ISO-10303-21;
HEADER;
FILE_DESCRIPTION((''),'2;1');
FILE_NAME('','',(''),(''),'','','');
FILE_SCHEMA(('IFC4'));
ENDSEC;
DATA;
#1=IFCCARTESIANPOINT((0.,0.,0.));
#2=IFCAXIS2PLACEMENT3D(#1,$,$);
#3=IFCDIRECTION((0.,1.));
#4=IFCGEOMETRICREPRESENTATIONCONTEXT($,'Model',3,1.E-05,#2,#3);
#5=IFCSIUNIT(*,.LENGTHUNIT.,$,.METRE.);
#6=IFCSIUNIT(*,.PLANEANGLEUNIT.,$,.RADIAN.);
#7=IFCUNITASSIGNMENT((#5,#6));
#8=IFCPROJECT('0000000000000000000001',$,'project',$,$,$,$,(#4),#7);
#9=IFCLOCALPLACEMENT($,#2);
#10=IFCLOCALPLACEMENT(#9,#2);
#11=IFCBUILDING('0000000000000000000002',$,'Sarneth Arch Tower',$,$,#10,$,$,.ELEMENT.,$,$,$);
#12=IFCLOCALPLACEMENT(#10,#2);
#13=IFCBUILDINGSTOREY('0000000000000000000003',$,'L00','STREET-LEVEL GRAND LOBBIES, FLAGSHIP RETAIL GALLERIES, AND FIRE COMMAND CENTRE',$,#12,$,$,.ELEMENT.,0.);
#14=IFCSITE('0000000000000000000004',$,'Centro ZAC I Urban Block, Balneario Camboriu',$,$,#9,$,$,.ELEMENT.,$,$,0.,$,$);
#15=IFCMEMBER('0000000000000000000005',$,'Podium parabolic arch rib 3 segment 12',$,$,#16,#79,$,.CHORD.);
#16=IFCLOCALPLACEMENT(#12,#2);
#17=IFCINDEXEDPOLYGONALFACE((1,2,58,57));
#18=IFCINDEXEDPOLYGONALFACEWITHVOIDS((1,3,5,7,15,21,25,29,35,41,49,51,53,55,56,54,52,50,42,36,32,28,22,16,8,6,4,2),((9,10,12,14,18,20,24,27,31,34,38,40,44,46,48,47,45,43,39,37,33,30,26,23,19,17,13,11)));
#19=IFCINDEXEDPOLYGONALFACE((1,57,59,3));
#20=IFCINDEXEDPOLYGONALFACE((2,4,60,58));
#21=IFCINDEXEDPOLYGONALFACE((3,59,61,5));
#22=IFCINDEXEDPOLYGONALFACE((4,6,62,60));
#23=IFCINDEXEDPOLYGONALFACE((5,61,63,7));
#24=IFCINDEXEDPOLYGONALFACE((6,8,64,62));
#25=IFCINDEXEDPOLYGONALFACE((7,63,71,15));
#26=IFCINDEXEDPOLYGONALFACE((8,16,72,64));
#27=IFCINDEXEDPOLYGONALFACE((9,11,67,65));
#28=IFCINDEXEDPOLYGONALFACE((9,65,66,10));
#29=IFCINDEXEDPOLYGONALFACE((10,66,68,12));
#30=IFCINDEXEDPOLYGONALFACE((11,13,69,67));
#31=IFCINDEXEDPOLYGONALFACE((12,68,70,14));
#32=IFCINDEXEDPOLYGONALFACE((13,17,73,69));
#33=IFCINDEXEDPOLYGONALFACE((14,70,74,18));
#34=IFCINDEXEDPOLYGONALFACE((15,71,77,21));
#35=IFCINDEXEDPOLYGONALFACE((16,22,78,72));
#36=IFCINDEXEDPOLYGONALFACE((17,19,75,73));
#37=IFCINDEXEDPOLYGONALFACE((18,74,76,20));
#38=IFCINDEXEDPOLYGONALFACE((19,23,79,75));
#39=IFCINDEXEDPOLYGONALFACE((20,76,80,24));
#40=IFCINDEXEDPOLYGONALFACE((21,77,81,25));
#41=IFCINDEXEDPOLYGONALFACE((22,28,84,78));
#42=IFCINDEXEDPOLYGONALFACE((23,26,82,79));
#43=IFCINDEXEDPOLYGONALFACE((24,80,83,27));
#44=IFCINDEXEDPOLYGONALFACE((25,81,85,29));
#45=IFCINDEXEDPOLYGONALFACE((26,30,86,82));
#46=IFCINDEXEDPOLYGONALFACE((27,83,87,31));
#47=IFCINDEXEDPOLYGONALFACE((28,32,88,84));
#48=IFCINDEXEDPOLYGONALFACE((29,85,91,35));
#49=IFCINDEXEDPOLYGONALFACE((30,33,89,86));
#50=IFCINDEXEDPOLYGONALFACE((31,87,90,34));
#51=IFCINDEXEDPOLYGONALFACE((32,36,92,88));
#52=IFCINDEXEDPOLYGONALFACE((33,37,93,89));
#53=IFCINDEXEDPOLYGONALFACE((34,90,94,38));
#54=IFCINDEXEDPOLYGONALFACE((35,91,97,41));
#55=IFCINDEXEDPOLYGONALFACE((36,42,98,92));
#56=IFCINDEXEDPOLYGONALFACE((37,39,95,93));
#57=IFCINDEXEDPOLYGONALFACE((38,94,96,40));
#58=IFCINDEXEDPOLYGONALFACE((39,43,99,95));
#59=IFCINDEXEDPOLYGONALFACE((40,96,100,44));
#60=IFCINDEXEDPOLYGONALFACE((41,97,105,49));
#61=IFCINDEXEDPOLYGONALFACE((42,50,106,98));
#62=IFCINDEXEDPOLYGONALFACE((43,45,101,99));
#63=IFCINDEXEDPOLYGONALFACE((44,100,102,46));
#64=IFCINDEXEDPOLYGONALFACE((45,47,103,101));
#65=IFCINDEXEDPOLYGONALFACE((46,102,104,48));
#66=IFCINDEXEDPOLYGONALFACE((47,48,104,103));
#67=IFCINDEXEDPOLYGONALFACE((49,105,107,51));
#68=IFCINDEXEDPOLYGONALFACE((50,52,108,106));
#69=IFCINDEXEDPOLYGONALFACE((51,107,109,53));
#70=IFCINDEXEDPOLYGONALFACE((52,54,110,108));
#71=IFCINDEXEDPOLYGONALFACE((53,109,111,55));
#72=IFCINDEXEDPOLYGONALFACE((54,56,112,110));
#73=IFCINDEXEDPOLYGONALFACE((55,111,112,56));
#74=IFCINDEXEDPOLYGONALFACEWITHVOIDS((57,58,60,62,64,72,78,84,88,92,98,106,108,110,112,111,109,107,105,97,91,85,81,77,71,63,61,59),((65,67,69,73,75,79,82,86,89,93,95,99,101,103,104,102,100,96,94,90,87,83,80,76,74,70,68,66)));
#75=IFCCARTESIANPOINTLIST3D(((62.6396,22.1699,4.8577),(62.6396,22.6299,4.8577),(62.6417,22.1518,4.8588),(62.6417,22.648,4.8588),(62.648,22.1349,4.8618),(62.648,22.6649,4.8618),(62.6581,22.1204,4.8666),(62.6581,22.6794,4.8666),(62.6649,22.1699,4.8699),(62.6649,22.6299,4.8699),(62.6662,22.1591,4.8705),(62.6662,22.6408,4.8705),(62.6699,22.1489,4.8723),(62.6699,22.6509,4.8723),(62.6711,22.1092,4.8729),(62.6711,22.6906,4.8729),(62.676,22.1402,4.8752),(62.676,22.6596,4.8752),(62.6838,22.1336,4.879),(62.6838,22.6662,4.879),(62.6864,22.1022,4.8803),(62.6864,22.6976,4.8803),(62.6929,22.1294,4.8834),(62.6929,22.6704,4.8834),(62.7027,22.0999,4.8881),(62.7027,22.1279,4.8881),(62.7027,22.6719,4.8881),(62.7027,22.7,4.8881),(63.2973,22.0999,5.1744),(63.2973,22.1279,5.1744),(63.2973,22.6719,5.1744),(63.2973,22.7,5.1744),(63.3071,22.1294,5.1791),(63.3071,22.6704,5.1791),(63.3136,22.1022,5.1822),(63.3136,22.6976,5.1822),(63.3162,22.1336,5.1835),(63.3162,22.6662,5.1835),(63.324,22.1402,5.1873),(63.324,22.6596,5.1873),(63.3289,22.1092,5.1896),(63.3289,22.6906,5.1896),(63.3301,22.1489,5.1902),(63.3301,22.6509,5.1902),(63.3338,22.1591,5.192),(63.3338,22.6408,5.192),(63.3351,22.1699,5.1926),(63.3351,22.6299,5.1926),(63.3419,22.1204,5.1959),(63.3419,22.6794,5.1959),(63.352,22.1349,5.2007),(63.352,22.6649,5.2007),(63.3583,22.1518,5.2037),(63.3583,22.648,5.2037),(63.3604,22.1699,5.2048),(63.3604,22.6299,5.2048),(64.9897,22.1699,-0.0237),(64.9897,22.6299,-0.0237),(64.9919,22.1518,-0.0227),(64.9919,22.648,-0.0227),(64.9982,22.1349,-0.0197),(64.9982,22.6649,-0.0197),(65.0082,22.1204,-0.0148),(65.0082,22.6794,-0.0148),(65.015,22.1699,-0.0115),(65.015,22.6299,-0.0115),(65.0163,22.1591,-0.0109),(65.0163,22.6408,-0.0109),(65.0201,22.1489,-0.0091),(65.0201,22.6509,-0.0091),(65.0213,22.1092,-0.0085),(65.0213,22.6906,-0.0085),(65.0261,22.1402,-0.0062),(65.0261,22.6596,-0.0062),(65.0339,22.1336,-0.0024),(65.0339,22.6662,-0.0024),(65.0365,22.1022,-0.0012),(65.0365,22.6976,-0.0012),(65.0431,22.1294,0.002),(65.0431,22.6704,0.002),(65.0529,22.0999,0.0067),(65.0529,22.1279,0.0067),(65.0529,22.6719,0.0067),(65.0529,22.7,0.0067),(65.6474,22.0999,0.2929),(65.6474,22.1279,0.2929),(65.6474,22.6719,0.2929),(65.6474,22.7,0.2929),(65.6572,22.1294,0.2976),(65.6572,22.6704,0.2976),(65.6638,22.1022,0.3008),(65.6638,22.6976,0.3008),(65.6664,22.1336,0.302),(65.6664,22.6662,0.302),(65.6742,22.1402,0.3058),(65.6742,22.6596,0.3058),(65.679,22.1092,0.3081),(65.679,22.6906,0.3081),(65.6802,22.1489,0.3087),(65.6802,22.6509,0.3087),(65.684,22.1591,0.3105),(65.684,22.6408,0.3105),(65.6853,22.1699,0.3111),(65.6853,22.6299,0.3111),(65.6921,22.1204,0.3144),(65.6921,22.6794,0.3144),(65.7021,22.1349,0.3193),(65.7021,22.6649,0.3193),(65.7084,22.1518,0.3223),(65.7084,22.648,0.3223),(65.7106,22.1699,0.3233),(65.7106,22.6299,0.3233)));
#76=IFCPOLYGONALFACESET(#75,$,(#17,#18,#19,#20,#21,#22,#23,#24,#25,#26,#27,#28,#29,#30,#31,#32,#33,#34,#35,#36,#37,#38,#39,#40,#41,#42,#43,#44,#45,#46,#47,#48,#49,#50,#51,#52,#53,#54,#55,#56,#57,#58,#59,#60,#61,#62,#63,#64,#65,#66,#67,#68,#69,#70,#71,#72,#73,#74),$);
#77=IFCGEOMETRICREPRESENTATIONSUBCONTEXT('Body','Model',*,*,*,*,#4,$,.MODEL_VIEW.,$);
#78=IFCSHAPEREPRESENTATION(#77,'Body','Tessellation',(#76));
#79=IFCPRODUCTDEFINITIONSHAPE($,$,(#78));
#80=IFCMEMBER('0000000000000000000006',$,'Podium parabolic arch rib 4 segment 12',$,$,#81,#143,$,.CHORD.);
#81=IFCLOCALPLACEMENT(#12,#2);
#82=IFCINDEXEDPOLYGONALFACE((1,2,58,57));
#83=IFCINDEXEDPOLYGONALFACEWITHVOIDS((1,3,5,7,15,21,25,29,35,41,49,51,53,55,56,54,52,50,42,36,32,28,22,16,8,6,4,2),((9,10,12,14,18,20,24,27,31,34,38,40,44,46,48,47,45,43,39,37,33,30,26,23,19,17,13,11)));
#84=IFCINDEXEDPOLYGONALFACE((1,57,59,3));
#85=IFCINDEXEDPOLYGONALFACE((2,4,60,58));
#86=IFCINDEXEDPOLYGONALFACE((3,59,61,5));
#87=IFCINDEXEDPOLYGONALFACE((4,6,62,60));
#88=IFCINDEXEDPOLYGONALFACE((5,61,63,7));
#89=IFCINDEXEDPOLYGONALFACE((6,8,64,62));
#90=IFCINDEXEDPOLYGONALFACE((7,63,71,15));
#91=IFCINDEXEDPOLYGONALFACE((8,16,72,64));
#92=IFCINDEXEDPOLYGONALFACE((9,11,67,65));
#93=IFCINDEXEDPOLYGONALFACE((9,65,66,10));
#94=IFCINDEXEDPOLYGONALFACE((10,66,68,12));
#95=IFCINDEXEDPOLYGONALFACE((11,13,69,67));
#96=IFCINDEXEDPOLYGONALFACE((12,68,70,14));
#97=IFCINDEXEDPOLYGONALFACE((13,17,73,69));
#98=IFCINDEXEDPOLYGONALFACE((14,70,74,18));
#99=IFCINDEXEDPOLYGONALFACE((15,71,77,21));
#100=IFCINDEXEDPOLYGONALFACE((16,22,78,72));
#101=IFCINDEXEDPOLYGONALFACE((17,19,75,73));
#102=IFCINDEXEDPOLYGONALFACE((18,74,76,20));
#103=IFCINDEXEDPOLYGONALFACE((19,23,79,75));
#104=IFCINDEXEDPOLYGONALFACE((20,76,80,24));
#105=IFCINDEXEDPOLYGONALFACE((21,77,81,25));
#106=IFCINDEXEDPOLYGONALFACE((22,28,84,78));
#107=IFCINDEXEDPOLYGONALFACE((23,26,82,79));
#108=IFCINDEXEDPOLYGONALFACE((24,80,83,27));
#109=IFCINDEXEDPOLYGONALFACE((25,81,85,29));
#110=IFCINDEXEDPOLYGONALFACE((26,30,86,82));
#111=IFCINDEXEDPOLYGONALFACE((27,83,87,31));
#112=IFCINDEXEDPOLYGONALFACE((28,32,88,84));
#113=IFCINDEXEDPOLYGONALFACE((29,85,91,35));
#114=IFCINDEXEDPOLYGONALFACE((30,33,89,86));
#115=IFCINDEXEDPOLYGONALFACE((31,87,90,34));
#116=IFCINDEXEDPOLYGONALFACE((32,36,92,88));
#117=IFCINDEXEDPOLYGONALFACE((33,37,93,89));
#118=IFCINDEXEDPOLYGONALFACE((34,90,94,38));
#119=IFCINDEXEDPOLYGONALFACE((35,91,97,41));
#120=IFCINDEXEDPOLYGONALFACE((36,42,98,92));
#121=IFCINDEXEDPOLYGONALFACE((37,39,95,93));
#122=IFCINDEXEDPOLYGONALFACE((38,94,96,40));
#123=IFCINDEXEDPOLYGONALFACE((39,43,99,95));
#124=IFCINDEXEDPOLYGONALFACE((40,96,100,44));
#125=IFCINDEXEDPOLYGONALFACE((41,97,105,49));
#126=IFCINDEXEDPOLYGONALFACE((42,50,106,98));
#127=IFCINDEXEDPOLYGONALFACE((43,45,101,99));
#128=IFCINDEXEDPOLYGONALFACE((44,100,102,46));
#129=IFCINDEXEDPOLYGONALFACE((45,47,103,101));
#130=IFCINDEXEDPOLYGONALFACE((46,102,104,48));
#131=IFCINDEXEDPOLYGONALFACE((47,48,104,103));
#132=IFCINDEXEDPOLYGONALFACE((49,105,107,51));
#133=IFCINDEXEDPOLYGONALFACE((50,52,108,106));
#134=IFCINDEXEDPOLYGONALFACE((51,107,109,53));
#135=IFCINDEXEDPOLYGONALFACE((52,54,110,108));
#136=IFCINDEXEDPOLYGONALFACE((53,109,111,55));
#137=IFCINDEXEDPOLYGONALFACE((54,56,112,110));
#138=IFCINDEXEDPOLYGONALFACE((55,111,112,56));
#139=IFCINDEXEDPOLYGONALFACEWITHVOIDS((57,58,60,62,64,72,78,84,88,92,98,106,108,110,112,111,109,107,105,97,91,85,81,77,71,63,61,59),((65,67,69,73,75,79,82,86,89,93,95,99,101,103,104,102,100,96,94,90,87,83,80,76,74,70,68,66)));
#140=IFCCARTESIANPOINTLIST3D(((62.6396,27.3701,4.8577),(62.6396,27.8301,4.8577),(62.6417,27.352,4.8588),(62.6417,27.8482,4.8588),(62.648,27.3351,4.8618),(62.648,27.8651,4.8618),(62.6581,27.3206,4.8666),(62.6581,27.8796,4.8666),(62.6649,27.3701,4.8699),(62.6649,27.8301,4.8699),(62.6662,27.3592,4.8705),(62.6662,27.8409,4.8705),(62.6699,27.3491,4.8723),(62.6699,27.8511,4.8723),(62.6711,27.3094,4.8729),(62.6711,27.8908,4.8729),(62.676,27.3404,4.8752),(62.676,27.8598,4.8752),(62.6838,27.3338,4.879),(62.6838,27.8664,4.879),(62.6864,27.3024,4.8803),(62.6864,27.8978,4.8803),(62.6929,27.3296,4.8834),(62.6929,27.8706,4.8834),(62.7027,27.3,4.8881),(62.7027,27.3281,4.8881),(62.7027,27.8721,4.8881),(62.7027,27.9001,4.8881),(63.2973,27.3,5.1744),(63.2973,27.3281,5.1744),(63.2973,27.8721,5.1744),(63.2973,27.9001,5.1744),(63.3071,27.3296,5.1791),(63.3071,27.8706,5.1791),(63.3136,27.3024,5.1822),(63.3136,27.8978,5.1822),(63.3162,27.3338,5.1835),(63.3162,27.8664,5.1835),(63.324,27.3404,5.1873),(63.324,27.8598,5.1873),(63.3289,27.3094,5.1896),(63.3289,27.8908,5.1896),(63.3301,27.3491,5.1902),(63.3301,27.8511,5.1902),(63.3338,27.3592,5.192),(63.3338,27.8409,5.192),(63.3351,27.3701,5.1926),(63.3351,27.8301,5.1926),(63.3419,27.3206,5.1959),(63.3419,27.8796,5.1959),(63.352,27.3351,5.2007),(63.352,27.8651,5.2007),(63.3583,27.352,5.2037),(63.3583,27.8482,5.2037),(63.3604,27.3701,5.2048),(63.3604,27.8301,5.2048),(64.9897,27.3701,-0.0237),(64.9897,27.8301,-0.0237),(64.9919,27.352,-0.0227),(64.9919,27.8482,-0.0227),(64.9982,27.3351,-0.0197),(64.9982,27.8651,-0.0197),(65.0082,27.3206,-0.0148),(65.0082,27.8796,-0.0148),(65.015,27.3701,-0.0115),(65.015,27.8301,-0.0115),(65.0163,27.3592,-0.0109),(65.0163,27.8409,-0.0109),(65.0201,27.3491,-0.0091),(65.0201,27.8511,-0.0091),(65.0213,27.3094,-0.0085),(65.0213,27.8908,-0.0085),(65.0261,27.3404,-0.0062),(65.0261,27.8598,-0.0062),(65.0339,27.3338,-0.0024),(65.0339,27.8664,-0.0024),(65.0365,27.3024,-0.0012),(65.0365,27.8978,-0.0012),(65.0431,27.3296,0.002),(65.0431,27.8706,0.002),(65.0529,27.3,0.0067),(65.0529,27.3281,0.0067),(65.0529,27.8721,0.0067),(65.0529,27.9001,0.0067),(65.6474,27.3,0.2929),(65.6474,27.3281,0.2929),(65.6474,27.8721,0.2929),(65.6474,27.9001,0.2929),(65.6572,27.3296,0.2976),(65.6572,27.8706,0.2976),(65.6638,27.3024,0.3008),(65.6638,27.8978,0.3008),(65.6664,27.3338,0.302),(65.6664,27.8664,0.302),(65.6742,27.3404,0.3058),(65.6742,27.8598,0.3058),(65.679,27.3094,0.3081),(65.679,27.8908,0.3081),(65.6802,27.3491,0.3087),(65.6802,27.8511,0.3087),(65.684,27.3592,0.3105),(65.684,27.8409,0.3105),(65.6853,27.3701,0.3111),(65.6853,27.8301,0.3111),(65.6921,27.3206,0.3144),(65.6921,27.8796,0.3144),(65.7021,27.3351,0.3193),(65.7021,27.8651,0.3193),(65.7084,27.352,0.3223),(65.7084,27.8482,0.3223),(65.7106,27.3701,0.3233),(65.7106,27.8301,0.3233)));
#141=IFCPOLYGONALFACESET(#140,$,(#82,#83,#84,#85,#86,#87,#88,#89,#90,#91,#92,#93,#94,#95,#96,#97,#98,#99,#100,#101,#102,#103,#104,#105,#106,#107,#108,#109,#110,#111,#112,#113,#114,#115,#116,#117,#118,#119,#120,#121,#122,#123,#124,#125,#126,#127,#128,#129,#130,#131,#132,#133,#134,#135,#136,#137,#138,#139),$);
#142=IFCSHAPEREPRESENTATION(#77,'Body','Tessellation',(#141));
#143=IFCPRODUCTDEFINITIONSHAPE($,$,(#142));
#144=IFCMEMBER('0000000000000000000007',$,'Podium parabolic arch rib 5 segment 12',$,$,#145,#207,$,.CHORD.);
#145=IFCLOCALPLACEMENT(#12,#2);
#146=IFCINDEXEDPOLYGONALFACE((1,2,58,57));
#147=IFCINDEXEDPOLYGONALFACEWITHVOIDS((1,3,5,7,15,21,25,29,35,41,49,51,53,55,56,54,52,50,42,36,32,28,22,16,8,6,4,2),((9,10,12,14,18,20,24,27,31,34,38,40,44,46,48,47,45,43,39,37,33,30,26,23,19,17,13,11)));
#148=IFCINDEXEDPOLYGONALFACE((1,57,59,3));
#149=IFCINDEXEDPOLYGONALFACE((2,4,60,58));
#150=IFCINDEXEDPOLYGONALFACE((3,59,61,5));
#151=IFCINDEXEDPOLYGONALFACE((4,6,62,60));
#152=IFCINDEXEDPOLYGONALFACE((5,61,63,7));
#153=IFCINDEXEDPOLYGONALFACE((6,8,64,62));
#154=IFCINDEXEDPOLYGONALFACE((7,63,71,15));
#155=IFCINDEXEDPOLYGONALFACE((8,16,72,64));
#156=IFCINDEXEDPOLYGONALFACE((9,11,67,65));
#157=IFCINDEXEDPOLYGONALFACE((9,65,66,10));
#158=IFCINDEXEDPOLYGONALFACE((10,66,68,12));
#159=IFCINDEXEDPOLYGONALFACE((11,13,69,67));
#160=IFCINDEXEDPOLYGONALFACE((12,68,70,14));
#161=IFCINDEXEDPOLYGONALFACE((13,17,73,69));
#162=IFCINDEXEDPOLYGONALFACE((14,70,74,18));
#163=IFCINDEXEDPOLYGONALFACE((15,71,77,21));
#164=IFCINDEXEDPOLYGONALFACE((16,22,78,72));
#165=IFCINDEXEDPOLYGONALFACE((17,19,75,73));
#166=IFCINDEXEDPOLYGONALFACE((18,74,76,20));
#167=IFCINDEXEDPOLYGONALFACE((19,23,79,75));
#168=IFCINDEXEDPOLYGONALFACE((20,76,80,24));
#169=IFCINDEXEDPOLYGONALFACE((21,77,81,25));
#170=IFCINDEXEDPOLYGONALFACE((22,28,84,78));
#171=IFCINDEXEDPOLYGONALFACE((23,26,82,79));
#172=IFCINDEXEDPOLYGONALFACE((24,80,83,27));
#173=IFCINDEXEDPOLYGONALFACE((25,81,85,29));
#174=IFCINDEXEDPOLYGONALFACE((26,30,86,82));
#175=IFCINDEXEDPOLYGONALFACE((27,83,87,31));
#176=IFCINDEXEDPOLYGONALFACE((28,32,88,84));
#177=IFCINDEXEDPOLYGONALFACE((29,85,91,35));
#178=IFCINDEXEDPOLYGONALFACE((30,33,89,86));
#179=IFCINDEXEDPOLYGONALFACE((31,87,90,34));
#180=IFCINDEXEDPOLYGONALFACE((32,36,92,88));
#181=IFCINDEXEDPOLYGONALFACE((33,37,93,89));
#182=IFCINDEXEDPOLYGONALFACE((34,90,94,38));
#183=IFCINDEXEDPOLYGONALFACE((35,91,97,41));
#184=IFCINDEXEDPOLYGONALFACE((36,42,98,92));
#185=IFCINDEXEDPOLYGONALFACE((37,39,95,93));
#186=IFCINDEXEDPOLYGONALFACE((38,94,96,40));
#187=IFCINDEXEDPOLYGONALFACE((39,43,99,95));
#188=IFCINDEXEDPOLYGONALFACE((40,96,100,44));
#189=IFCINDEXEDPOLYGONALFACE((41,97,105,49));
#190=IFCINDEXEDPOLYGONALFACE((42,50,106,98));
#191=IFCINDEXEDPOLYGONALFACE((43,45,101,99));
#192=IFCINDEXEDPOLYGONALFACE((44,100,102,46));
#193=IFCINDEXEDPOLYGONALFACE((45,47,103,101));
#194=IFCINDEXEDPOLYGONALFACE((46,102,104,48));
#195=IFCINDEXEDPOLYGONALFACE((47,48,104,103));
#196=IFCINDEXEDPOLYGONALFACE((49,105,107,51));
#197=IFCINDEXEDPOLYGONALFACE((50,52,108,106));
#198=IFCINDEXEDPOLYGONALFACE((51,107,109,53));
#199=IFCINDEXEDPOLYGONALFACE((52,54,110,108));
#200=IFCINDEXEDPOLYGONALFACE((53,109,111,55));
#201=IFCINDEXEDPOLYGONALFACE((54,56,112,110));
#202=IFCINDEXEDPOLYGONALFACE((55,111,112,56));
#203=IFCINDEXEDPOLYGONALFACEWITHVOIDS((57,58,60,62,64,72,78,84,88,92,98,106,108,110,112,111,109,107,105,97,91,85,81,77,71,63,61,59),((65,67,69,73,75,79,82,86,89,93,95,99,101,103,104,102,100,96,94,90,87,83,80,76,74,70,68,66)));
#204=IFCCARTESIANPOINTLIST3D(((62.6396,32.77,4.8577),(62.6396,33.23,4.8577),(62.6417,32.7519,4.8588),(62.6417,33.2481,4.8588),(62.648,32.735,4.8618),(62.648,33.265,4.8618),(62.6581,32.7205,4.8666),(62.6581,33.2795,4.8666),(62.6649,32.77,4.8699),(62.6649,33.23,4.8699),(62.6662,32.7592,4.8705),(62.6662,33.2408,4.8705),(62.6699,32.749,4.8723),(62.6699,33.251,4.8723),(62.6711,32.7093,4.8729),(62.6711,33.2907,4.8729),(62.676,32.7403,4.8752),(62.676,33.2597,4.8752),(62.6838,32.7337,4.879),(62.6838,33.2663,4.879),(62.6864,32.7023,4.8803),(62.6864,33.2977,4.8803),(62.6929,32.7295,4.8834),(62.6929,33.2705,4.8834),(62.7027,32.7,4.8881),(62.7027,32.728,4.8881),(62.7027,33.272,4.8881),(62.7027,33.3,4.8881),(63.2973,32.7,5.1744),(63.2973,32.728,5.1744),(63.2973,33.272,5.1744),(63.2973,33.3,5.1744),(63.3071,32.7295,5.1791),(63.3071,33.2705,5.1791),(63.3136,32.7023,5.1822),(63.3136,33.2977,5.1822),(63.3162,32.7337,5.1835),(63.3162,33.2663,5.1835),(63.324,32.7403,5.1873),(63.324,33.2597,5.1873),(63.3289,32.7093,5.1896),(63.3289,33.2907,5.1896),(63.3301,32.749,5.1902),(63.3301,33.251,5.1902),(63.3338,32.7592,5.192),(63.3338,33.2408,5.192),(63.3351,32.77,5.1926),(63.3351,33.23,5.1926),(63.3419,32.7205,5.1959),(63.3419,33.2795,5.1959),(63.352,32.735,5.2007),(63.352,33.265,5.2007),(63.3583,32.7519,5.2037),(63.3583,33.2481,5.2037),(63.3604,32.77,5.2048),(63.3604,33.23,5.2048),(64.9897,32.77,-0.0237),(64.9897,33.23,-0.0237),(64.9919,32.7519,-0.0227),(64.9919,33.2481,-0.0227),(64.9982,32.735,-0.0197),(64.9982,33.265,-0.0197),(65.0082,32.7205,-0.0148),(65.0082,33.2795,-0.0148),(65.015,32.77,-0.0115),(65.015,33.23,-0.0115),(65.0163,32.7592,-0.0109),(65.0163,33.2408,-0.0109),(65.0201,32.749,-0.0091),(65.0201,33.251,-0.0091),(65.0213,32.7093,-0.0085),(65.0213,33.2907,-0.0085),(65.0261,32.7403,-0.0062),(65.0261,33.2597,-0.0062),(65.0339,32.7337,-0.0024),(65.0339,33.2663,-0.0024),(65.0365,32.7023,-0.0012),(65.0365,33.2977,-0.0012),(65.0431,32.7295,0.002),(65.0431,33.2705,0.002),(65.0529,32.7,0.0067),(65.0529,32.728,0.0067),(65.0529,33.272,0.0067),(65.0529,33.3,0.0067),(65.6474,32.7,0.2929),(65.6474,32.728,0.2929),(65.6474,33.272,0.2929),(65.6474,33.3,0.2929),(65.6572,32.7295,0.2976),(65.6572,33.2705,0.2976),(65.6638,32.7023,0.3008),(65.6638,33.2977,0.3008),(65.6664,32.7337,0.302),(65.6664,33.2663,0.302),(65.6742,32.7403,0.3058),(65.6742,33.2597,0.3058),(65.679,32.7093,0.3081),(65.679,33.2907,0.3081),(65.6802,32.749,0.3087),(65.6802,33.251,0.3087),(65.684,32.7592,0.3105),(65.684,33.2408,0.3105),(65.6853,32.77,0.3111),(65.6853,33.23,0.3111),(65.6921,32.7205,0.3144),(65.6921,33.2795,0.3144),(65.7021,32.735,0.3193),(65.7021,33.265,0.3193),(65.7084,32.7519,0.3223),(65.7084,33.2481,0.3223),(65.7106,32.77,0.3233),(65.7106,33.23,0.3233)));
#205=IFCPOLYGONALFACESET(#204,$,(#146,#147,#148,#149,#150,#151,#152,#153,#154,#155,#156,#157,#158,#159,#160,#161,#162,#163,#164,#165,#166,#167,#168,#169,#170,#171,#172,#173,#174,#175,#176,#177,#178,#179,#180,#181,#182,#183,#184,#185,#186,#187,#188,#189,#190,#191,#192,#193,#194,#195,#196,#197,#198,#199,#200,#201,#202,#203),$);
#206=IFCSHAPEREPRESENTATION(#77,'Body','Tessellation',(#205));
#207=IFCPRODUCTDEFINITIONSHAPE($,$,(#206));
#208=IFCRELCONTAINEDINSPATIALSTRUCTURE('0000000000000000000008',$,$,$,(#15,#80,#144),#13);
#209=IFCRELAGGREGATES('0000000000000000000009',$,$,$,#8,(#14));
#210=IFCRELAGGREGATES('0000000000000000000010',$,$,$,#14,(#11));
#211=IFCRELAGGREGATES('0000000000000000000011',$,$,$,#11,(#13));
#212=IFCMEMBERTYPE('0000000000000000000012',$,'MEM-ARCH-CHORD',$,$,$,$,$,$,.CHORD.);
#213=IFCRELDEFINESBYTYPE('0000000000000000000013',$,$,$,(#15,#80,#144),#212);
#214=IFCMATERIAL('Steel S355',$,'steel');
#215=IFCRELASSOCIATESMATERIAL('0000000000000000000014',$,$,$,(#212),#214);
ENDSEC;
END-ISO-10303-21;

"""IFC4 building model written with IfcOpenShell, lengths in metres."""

from ifc_helpers import new_model, si_unit, direction, frame, origin, origin_2d, place, context, subcontext, project, spatial, hollow_rectangle, extrude, material, material_profile, profile_set, type_object, element, save


model = new_model("IFC4")

# Units and contexts
model_context = context("Model", 3, precision=1e-05, world=origin(), true_north=direction((0.0, 1.0)))
body_context = subcontext(model_context, "Body", "Model", "MODEL_VIEW")
ifc_project = project(units=[si_unit("LENGTHUNIT", "METRE"), si_unit("PLANEANGLEUNIT", "RADIAN")], contexts=[model_context])

# Site, building, storey
site_placement = place(None, origin())
site = spatial("IfcSite", under=ifc_project, at=site_placement, Name="Centro ZAC I Urban Block, Balneario Camboriu", CompositionType="ELEMENT", RefElevation=0.0)
building_placement = place(site_placement, origin())
building = spatial("IfcBuilding", under=site, at=building_placement, Name="Sarneth Arch Tower", CompositionType="ELEMENT")
storey_placement = place(building_placement, origin())
storey = spatial("IfcBuildingStorey", under=building, at=storey_placement, Name="L00", Description="STREET-LEVEL GRAND LOBBIES, FLAGSHIP RETAIL GALLERIES, AND FIRE COMMAND CENTRE", CompositionType="ELEMENT", Elevation=0.0)

# Members
ifc_material_1 = material(Name="Steel S355", Category="steel")
ifc_material_profile_1 = material_profile(ifc_material_1, hollow_rectangle(XDim=0.6001, YDim=0.8, WallThickness=0.0281, InnerFilletRadius=0.042, OuterFilletRadius=0.0701, at=origin_2d()), Name="RHS800x600x28")
ifc_profile_set_1 = profile_set([ifc_material_profile_1], Name="Steel S355")
member_type_1 = type_object("IfcMemberType", Name="MEM-ARCH-CHORD", PredefinedType="CHORD", material=ifc_profile_set_1)
for number, where, z_axis, x_axis, name in (
    (1, (63.0, 22.3999, 5.0312), (0.433789, 0.0, -0.901015), (0.0, 1.0, 0.0), "Podium parabolic arch rib 3 segment 12"),
    (2, (63.0, 27.6001, 5.0312), (0.433789, 0.0, -0.901015), (0.0, 1.0, 0.0), "Podium parabolic arch rib 4 segment 12"),
    (3, (63.0, 33.0, 5.0312), (0.433789, 0.0, -0.901015), (0.0, 1.0, 0.0), "Podium parabolic arch rib 5 segment 12"),
):
    element("IfcMember", number, at=place(storey_placement, frame(where, z_axis=z_axis, x_axis=x_axis)), inside=storey, type_object=member_type_1, Name=name, PredefinedType="CHORD", context=body_context, shape_type="SweptSolid", body=[
        extrude(hollow_rectangle(XDim=0.6001, YDim=0.8, WallThickness=0.0281, InnerFilletRadius=0.042, OuterFilletRadius=0.0701, at=origin_2d()), origin(), (0.0, 0.0, 1.0), 5.4177),
    ])

save(model, "model.ifc")
